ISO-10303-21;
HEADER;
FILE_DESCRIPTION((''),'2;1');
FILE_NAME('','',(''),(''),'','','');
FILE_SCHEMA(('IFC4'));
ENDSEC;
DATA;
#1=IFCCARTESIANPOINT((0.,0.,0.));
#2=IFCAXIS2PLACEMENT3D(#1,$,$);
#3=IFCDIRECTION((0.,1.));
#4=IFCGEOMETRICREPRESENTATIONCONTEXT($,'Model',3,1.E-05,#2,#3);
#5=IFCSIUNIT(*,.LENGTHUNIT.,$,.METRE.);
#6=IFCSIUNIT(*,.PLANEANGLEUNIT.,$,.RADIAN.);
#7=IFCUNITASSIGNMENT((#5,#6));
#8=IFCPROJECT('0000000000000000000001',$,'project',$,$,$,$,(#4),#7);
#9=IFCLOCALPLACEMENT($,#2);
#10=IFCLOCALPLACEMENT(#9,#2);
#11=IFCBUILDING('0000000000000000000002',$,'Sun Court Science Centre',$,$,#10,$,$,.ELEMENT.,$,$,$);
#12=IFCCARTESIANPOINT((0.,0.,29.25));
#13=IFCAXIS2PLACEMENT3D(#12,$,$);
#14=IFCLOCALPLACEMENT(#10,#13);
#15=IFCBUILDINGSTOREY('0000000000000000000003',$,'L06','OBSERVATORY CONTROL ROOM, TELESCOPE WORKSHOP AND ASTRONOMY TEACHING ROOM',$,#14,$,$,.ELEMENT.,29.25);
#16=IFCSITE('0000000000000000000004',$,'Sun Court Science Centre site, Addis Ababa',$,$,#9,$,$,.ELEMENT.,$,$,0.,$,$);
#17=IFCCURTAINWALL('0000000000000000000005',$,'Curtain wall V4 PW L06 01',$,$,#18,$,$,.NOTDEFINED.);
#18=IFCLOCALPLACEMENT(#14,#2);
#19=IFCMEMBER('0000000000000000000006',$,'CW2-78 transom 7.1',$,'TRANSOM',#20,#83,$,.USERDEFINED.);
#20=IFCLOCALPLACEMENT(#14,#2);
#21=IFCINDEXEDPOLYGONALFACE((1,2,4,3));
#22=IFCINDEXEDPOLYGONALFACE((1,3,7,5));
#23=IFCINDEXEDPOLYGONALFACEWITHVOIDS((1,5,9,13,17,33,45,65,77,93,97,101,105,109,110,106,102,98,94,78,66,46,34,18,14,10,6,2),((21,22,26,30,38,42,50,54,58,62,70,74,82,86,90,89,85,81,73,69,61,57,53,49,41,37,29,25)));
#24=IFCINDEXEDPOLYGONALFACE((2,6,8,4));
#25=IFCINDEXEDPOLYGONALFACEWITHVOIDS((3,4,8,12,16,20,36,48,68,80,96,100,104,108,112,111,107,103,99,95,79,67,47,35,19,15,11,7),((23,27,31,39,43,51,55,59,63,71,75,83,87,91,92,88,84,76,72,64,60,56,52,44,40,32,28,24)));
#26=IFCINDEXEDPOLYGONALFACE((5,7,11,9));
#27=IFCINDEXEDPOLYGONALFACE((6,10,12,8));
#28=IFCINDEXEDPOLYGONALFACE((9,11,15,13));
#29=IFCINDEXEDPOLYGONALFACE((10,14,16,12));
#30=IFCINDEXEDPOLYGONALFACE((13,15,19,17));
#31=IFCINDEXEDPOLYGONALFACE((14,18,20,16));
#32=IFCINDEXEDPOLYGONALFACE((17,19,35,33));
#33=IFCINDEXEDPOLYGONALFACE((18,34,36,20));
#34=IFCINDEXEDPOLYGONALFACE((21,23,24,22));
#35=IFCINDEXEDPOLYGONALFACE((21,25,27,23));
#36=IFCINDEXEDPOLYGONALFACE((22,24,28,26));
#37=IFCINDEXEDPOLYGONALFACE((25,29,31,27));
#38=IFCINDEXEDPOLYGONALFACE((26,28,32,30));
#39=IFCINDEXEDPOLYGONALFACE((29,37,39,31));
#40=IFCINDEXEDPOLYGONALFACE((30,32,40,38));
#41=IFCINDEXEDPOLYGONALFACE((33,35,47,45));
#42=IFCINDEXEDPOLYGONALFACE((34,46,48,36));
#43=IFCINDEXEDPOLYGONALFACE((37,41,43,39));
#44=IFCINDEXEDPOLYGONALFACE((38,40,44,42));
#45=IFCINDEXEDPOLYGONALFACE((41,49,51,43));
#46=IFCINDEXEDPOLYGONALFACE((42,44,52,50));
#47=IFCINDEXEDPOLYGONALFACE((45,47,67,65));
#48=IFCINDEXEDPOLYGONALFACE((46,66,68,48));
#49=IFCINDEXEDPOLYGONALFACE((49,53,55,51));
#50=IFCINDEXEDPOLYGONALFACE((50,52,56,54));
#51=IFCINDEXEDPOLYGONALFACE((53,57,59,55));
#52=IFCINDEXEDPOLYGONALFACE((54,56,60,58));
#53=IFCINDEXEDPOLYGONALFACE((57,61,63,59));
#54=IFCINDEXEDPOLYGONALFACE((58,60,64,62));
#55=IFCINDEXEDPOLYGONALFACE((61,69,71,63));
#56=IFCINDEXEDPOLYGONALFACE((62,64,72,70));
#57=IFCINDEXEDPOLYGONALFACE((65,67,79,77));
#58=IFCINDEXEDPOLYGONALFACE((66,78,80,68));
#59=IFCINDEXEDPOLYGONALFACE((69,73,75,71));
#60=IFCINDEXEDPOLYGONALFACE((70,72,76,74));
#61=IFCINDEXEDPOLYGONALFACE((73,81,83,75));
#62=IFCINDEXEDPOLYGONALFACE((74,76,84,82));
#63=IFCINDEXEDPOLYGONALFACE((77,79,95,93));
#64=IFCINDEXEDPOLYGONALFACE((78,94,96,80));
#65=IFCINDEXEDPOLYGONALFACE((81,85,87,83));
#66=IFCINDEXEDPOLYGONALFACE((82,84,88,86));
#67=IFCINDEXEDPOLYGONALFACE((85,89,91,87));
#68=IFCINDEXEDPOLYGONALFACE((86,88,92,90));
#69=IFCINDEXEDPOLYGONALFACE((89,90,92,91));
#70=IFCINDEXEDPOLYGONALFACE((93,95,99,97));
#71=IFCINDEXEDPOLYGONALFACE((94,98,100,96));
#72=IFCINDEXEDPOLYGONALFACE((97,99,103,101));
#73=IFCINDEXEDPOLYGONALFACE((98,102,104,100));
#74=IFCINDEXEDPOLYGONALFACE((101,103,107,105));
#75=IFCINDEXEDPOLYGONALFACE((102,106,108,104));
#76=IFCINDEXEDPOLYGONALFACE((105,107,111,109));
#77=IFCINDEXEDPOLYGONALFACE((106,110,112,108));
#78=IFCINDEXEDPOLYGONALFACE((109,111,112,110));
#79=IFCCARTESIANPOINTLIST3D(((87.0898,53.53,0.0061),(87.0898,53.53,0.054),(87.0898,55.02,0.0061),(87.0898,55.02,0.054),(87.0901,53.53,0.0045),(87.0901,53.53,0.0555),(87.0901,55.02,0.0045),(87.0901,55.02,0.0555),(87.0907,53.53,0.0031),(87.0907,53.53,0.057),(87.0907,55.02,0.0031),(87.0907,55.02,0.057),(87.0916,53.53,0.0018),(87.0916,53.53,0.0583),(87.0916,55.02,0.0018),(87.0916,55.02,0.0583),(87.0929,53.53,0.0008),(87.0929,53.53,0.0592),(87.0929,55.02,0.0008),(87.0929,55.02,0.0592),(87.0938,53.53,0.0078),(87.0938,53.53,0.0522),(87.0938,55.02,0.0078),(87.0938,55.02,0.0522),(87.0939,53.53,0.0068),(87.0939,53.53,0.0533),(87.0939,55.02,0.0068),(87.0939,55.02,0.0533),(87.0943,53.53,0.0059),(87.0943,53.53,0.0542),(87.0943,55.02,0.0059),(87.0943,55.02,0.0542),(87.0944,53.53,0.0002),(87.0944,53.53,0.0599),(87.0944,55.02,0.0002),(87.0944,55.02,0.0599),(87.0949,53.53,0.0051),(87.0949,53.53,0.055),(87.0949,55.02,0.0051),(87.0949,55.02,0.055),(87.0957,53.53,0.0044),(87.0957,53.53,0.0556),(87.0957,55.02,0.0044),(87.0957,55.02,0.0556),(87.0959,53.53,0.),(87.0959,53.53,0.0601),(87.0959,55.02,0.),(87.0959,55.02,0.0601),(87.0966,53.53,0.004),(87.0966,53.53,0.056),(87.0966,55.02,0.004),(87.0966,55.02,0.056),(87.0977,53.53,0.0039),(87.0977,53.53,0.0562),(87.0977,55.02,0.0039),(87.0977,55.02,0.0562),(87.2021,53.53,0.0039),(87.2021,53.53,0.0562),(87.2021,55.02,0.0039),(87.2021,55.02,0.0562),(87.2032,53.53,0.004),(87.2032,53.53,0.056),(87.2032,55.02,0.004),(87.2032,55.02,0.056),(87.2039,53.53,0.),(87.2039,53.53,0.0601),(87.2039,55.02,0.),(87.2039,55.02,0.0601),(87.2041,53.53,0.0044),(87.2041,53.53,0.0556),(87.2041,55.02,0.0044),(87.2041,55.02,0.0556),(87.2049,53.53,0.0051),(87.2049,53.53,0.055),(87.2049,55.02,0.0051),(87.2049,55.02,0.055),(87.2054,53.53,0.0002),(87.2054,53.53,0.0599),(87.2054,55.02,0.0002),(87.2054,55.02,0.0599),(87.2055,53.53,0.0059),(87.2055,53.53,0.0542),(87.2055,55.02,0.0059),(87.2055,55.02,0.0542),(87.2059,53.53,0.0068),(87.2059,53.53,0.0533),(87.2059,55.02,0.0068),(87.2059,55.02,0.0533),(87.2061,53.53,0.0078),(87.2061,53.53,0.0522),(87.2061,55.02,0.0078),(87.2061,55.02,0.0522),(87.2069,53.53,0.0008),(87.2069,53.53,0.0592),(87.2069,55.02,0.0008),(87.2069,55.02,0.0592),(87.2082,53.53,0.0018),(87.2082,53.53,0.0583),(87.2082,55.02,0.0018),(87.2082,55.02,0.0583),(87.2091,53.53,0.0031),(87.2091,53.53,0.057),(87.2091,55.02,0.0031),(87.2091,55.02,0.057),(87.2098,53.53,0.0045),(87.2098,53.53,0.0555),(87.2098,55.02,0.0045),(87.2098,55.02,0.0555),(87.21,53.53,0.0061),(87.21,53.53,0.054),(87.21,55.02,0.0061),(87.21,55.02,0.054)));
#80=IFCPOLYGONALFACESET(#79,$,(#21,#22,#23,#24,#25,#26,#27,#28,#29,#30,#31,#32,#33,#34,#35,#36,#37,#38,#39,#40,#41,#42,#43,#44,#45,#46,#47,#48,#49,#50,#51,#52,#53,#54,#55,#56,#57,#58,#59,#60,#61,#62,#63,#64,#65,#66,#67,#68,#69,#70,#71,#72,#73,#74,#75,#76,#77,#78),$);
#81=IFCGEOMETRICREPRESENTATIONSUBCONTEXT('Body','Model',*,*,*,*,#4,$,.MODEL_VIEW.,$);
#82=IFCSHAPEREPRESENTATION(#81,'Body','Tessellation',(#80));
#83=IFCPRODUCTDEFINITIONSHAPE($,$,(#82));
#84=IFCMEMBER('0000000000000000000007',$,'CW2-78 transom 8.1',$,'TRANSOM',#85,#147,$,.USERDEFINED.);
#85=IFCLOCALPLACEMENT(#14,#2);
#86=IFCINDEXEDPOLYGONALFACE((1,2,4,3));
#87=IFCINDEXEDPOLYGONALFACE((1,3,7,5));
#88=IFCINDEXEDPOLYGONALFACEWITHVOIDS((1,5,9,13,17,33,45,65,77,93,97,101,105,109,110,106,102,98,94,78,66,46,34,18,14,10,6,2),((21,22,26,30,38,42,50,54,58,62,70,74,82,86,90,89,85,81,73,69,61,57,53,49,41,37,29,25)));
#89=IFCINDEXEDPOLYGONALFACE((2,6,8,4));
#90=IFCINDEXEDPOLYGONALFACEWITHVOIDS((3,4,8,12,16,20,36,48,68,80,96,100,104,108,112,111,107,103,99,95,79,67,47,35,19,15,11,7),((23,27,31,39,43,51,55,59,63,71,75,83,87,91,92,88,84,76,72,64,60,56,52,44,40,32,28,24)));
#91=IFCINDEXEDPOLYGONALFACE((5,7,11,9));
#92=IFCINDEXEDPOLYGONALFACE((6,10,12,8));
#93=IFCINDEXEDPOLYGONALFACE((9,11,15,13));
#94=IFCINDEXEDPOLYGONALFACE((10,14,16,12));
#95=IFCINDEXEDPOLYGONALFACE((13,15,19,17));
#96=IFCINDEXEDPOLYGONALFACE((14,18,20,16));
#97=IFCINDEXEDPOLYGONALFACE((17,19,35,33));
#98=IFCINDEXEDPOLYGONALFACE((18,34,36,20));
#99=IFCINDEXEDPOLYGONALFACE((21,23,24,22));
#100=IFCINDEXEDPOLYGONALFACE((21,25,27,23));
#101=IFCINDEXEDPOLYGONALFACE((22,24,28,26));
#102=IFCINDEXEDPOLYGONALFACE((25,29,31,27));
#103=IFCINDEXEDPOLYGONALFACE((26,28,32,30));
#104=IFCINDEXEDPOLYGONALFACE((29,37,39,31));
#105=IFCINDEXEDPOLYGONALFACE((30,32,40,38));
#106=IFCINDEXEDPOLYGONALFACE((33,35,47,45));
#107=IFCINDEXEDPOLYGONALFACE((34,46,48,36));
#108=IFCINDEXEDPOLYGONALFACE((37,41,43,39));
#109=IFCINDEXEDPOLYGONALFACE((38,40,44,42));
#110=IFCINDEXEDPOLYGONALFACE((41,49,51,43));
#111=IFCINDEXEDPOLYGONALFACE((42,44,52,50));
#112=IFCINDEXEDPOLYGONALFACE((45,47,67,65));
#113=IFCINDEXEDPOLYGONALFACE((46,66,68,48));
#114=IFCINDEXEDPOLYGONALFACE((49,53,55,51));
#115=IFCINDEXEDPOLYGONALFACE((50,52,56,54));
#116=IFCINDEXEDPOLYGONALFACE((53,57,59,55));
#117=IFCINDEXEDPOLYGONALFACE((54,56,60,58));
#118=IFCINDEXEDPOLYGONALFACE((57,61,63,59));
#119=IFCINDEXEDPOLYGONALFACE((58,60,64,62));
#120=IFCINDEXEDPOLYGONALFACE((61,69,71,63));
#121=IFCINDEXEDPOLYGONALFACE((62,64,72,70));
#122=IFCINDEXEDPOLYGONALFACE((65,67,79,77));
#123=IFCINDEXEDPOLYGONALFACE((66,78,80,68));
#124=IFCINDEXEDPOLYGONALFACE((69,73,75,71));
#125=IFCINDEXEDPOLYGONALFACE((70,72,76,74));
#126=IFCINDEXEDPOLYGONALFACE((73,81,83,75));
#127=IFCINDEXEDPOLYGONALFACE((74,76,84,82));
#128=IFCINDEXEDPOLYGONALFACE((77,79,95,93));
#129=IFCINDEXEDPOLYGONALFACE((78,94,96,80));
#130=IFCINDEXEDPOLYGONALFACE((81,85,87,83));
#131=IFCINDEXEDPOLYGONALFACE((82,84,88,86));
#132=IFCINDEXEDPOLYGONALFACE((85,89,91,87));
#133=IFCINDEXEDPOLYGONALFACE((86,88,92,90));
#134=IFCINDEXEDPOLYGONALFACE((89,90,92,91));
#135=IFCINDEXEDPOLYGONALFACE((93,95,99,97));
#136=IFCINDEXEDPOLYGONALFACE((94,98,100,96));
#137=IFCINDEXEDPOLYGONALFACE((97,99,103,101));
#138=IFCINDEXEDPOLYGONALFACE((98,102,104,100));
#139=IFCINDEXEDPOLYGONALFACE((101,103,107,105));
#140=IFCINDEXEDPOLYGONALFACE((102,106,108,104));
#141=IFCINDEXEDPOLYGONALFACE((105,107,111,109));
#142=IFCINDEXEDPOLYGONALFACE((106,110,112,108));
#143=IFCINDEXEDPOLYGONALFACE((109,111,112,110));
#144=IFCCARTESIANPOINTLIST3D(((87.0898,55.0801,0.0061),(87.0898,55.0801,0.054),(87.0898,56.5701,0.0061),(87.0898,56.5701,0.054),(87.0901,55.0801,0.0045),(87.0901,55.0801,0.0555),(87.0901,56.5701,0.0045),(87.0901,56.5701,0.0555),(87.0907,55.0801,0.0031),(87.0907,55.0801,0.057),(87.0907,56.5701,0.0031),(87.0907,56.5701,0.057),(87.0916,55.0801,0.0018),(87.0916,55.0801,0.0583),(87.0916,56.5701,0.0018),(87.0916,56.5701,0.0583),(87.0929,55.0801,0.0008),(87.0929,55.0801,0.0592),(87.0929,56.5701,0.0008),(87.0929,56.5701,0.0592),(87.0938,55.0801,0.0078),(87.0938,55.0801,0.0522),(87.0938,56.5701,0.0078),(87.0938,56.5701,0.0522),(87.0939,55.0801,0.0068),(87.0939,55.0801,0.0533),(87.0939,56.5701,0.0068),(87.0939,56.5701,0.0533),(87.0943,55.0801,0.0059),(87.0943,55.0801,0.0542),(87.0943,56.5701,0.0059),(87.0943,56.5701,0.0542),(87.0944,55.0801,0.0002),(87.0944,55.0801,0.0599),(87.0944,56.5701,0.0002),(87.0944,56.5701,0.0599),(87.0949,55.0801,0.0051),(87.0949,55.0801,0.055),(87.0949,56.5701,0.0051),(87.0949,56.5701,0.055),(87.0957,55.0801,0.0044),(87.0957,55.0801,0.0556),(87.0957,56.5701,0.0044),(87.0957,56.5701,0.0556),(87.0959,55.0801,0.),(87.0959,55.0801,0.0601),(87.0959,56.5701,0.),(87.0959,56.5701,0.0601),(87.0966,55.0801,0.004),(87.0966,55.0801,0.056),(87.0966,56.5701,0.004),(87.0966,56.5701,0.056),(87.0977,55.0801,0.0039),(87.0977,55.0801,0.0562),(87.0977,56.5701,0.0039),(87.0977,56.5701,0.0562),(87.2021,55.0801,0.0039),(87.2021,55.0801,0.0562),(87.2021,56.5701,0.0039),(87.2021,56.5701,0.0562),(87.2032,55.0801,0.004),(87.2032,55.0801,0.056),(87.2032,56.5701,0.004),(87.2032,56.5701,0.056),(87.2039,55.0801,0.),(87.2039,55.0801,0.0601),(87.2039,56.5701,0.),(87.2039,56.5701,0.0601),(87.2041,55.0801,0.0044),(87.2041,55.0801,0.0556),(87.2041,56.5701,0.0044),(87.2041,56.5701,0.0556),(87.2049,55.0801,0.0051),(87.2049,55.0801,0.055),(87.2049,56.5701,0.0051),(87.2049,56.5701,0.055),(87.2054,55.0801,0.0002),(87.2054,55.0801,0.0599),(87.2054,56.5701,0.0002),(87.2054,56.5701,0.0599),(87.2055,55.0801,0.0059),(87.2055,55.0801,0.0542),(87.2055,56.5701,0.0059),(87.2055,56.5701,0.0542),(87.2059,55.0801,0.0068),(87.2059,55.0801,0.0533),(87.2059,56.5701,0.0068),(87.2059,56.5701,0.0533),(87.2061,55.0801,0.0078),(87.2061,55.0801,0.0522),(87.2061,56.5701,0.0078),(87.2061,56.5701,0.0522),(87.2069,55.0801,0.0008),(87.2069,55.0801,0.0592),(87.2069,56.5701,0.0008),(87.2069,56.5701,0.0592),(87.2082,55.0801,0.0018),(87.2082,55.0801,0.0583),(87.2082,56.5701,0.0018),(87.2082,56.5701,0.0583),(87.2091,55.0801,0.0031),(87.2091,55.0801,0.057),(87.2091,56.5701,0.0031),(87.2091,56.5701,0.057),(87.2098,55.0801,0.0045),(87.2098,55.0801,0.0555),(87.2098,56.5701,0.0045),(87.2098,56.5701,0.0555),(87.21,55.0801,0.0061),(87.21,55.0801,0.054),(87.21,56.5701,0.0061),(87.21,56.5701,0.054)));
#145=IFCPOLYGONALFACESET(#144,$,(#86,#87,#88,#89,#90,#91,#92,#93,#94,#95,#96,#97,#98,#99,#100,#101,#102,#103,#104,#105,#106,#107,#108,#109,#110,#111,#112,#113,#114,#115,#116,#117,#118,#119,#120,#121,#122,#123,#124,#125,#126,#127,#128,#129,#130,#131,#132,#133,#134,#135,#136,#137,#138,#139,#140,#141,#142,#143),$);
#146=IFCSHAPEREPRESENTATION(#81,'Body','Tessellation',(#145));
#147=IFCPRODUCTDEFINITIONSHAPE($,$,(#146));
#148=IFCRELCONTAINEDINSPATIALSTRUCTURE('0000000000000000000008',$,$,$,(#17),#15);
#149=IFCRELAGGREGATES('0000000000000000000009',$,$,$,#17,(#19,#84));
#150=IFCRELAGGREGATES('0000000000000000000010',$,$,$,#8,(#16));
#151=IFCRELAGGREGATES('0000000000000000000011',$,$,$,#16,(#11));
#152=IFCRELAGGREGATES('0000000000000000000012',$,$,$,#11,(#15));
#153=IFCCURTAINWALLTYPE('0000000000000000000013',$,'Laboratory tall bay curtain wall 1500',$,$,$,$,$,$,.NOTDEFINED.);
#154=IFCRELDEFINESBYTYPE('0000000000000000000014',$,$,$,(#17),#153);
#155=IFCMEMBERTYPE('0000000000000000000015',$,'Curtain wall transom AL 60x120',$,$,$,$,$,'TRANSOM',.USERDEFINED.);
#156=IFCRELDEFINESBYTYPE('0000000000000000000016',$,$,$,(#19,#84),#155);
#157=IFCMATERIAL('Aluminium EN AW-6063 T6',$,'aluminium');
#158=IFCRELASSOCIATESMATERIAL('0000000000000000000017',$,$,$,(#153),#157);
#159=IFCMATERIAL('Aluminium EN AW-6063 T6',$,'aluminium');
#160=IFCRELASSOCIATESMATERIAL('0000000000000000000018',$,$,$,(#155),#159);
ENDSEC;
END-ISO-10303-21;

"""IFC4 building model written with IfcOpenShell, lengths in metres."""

from ifc_helpers import new_model, si_unit, direction, frame, origin, origin_2d, place, context, subcontext, project, spatial, hollow_rectangle, extrude, material, material_profile, profile_set, type_object, element, aggregate, save


model = new_model("IFC4")

# Units and contexts
model_context = context("Model", 3, precision=1e-05, world=origin(), true_north=direction((0.0, 1.0)))
body_context = subcontext(model_context, "Body", "Model", "MODEL_VIEW")
ifc_project = project(units=[si_unit("LENGTHUNIT", "METRE"), si_unit("PLANEANGLEUNIT", "RADIAN")], contexts=[model_context])

# Site, building, storey
site_placement = place(None, origin())
site = spatial("IfcSite", under=ifc_project, at=site_placement, Name="Sun Court Science Centre site, Addis Ababa", CompositionType="ELEMENT", RefElevation=0.0)
building_placement = place(site_placement, origin())
building = spatial("IfcBuilding", under=site, at=building_placement, Name="Sun Court Science Centre", CompositionType="ELEMENT")
storey_placement = place(building_placement, frame((0.0, 0.0, 29.25)))
storey = spatial("IfcBuildingStorey", under=building, at=storey_placement, Name="L06", Description="OBSERVATORY CONTROL ROOM, TELESCOPE WORKSHOP AND ASTRONOMY TEACHING ROOM", CompositionType="ELEMENT", Elevation=29.25)

# Curtain wall, members
ifc_material_1 = material(Name="Aluminium EN AW-6063 T6", Category="aluminium")
curtain_wall_type = type_object("IfcCurtainWallType", Name="Laboratory tall bay curtain wall 1500", PredefinedType="NOTDEFINED", material=ifc_material_1)
curtain_wall_placement = place(storey_placement, origin())
curtain_wall = element("IfcCurtainWall", 1, at=curtain_wall_placement, inside=storey, type_object=curtain_wall_type, Name="Curtain wall V4 PW L06 01", PredefinedType="NOTDEFINED")
ifc_material_2 = material(Name="Aluminium EN AW-6063 T6", Category="aluminium")
ifc_material_profile_1 = material_profile(ifc_material_2, hollow_rectangle(XDim=0.0601, YDim=0.1201, WallThickness=0.0039, InnerFilletRadius=0.0039, OuterFilletRadius=0.0061, at=origin_2d()), Name="AL 60x120x4")
ifc_profile_set_1 = profile_set([ifc_material_profile_1], Name="Aluminium EN AW-6063 T6")
member_type_1 = type_object("IfcMemberType", Name="Curtain wall transom AL 60x120", ElementType="TRANSOM", PredefinedType="USERDEFINED", material=ifc_profile_set_1)
member_1_placement = place(storey_placement, frame((87.1499, 53.53, 0.03), z_axis=(0.0, 1.0, 0.0), x_axis=(0.0, 0.0, 1.0)))
member_1 = element("IfcMember", 2, at=member_1_placement, type_object=member_type_1, Name="CW2-78 transom 7.1", ObjectType="TRANSOM", PredefinedType="USERDEFINED", context=body_context, shape_type="SweptSolid", body=[
    extrude(hollow_rectangle(XDim=0.0601, YDim=0.1201, WallThickness=0.0039, InnerFilletRadius=0.0039, OuterFilletRadius=0.0061, at=origin_2d()), origin(), (0.0, 0.0, 1.0), 1.49),
])
member_2_placement = place(storey_placement, frame((87.1499, 55.0801, 0.03), z_axis=(0.0, 1.0, 0.0), x_axis=(0.0, 0.0, 1.0)))
member_2 = element("IfcMember", 3, at=member_2_placement, type_object=member_type_1, Name="CW2-78 transom 8.1", ObjectType="TRANSOM", PredefinedType="USERDEFINED", context=body_context, shape_type="SweptSolid", body=[
    extrude(hollow_rectangle(XDim=0.0601, YDim=0.1201, WallThickness=0.0039, InnerFilletRadius=0.0039, OuterFilletRadius=0.0061, at=origin_2d()), origin(), (0.0, 0.0, 1.0), 1.49),
])

aggregate(curtain_wall, [member_1, member_2])

save(model, "model.ifc")
